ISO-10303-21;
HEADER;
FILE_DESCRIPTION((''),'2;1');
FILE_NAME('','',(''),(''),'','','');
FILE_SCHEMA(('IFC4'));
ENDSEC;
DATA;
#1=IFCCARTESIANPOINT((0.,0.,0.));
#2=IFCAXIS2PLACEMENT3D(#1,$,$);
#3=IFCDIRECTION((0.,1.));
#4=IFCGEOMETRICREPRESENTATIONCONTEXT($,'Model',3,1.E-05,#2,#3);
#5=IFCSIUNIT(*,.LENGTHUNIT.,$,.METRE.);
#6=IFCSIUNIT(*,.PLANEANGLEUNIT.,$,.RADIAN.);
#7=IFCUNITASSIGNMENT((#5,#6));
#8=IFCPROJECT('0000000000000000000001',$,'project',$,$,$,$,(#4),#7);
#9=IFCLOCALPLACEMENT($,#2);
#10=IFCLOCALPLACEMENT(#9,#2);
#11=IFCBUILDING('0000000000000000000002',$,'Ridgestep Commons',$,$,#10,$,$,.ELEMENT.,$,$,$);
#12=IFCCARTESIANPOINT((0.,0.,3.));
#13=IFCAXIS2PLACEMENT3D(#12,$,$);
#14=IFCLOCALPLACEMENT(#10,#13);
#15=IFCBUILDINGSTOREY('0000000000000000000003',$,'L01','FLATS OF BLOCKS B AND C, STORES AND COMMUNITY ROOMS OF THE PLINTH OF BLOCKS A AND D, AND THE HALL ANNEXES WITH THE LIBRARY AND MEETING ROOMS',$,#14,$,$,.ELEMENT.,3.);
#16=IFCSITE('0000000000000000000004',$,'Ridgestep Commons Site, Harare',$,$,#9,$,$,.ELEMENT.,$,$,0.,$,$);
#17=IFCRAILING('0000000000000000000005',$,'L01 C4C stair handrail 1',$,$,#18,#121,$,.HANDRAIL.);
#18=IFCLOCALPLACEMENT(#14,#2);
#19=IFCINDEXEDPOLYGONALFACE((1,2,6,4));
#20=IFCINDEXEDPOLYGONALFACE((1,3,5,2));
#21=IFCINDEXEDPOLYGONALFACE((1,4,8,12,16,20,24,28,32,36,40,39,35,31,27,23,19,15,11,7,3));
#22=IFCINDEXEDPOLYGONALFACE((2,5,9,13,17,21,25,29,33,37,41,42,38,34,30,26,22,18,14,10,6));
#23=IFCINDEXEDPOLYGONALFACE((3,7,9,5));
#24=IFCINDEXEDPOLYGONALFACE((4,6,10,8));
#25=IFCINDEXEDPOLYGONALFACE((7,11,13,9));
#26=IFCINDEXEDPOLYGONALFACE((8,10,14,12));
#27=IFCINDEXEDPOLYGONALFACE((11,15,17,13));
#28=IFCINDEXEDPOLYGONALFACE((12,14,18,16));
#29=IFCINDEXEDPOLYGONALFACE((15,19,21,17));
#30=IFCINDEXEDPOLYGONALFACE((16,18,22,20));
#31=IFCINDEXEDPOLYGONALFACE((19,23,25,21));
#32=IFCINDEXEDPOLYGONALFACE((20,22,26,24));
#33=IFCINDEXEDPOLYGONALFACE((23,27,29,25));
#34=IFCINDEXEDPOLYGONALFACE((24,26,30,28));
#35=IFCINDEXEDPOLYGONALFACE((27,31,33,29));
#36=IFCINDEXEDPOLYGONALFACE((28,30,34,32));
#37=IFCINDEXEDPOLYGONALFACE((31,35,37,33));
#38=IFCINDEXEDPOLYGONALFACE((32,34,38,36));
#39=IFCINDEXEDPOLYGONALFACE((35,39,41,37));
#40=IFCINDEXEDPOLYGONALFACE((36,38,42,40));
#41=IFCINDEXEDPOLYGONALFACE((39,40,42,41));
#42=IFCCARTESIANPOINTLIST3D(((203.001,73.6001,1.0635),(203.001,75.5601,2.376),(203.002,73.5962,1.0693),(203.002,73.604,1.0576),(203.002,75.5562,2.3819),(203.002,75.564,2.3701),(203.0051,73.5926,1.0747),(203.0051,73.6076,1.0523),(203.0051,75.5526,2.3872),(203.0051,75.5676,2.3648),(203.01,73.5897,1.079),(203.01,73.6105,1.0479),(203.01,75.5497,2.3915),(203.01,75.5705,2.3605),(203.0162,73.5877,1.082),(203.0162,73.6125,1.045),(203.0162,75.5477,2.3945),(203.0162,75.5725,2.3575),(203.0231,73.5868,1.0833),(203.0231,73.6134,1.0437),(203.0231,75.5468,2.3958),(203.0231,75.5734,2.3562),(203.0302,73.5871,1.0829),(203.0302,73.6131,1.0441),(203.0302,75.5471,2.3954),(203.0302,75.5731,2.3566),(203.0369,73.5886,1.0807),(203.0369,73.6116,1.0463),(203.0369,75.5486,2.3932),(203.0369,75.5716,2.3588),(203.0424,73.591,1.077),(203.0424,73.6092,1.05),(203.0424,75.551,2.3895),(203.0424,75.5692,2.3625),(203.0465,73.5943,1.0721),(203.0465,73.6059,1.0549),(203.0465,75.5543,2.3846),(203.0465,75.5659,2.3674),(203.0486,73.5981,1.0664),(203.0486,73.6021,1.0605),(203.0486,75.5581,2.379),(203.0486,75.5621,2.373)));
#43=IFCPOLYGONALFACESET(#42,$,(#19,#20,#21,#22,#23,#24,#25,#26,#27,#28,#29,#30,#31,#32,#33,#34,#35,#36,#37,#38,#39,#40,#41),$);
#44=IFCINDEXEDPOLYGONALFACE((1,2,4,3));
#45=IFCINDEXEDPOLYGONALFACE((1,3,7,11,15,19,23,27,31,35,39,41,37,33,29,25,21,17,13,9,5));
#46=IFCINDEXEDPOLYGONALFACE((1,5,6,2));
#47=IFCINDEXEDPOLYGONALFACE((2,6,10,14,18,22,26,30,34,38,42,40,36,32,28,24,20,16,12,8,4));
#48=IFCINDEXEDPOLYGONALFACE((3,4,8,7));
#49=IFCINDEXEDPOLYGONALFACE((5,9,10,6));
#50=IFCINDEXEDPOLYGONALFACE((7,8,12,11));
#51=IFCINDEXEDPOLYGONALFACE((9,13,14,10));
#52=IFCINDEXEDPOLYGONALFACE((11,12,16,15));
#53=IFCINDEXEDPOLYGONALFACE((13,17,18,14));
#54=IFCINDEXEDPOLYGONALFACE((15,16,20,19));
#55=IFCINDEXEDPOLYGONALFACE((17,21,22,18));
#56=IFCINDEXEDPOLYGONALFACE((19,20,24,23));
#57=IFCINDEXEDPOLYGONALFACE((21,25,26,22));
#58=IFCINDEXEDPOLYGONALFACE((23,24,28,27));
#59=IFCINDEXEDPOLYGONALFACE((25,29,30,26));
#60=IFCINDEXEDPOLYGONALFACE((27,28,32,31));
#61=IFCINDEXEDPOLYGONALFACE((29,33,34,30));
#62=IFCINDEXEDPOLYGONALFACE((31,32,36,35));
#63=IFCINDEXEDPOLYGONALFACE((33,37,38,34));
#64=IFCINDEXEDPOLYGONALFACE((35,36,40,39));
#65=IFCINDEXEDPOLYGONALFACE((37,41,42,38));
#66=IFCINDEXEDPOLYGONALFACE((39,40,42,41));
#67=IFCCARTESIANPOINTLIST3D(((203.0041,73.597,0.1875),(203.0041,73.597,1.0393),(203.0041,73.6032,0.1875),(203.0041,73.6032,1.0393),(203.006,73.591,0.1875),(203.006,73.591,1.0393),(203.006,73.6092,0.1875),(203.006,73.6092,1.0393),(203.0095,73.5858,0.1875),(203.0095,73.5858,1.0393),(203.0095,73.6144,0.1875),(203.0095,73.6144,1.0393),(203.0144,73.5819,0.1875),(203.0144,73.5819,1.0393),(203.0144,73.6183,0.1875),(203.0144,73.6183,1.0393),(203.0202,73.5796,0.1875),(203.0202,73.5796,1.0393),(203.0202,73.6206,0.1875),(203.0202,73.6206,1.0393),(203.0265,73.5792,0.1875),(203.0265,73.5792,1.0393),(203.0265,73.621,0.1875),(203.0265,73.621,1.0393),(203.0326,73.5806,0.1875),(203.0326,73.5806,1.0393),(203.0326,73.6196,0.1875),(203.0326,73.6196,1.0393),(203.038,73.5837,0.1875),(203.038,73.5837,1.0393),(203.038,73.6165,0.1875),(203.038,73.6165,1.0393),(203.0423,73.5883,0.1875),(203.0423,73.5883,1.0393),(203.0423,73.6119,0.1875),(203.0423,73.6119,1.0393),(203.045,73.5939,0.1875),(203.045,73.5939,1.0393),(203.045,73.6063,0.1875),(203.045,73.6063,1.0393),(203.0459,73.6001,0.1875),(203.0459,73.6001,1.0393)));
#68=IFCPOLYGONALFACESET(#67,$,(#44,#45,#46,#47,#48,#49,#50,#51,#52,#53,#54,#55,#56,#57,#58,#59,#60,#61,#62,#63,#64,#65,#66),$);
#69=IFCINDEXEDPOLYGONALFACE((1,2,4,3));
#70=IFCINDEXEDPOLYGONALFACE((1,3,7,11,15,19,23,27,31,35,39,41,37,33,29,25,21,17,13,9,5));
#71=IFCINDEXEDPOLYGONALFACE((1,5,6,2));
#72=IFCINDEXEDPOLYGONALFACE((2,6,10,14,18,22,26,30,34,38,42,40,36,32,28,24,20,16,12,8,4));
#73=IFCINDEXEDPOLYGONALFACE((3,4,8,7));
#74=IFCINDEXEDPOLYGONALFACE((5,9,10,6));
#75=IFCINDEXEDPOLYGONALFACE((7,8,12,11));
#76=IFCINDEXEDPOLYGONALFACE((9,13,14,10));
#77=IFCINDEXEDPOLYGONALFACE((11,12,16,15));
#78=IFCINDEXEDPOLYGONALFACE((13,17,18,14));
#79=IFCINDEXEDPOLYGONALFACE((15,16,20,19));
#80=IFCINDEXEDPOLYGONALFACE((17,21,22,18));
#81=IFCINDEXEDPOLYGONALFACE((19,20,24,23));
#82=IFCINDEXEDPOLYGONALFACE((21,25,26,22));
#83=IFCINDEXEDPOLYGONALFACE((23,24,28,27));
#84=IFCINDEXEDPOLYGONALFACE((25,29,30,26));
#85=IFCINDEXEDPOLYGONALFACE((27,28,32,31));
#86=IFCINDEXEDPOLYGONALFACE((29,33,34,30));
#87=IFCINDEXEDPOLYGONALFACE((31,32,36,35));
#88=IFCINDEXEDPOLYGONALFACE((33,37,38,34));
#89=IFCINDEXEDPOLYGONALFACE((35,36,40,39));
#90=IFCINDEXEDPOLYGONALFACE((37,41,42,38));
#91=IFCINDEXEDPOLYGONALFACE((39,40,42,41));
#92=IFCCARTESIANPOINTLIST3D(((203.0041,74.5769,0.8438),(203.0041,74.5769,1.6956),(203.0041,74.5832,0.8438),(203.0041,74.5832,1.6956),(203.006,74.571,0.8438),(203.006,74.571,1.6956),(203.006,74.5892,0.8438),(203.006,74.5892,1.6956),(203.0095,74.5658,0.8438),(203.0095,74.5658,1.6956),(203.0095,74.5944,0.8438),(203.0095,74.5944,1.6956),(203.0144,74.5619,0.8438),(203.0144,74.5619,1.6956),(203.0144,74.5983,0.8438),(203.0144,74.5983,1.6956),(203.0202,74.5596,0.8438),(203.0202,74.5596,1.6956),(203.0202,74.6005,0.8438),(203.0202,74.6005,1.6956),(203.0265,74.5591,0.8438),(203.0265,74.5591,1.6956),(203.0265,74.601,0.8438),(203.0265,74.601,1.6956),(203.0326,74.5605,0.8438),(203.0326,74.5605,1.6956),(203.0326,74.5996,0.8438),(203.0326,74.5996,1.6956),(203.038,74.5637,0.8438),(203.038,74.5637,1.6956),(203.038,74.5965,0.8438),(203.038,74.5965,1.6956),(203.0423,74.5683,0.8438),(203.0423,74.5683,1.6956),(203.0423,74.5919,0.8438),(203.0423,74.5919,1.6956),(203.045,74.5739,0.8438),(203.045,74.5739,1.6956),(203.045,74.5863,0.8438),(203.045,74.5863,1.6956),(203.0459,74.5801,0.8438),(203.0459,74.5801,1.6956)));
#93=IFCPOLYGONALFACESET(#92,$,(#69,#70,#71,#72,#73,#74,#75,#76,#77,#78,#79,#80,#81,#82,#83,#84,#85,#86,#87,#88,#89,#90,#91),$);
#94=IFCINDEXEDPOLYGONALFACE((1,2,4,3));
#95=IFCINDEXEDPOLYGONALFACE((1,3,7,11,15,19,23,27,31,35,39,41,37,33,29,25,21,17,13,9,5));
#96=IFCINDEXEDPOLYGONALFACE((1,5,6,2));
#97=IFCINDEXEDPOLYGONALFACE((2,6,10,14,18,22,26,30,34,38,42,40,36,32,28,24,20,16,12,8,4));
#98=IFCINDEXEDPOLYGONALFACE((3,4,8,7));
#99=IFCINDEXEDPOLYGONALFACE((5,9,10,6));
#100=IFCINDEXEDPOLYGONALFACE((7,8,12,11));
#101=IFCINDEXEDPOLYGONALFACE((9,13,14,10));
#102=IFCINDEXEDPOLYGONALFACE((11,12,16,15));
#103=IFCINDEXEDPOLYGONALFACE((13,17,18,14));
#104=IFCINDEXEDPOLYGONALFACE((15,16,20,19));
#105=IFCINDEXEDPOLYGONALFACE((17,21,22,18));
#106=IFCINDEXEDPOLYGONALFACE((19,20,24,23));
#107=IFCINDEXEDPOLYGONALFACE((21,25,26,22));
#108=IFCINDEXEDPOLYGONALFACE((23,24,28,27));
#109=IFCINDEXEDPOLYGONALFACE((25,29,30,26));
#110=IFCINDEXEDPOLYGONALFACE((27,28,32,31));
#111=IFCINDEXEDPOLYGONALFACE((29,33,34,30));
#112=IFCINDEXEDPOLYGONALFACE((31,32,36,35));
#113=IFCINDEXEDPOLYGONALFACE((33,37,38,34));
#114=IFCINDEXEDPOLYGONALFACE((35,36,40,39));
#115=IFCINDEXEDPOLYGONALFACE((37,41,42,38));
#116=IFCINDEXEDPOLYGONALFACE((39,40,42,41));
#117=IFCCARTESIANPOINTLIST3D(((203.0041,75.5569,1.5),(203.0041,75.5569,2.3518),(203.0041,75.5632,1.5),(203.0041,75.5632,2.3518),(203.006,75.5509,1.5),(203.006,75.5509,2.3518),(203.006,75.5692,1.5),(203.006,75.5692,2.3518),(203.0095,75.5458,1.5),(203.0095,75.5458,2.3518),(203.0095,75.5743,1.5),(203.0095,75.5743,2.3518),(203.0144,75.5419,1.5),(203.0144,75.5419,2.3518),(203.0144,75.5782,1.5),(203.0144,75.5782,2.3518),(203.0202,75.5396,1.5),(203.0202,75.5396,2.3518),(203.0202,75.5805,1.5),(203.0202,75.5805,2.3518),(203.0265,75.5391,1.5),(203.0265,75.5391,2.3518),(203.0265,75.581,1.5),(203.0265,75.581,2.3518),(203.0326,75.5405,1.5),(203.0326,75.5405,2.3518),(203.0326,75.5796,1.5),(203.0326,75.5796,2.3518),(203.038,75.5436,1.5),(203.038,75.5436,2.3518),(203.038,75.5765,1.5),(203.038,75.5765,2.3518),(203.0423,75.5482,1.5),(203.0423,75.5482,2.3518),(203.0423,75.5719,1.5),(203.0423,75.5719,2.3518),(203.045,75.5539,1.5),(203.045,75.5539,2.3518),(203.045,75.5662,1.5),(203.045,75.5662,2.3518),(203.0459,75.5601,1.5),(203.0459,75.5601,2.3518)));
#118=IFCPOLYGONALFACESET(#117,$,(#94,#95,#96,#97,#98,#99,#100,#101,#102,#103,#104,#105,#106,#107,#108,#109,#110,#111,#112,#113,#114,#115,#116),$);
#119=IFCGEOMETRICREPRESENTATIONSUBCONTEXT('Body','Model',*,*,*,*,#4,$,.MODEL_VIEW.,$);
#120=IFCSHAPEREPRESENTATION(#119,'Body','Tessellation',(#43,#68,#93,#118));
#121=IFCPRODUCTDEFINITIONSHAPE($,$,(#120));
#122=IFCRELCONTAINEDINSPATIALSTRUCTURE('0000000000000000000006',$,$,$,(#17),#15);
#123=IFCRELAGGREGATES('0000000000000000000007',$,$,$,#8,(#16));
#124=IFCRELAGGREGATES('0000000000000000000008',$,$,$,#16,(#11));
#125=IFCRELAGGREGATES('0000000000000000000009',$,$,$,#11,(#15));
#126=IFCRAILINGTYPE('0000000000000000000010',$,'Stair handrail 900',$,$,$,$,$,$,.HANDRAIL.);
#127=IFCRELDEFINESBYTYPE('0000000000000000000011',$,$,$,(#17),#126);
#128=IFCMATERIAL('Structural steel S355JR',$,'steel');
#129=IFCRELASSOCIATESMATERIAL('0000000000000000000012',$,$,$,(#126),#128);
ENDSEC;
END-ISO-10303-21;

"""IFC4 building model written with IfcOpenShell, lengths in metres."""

from ifc_helpers import new_model, si_unit, direction, frame, origin, origin_2d, place, context, subcontext, project, spatial, circle, extrude, material, type_object, element, save


model = new_model("IFC4")

# Units and contexts
model_context = context("Model", 3, precision=1e-05, world=origin(), true_north=direction((0.0, 1.0)))
body_context = subcontext(model_context, "Body", "Model", "MODEL_VIEW")
ifc_project = project(units=[si_unit("LENGTHUNIT", "METRE"), si_unit("PLANEANGLEUNIT", "RADIAN")], contexts=[model_context])

# Site, building, storey
site_placement = place(None, origin())
site = spatial("IfcSite", under=ifc_project, at=site_placement, Name="Ridgestep Commons Site, Harare", CompositionType="ELEMENT", RefElevation=0.0)
building_placement = place(site_placement, origin())
building = spatial("IfcBuilding", under=site, at=building_placement, Name="Ridgestep Commons", CompositionType="ELEMENT")
storey_placement = place(building_placement, frame((0.0, 0.0, 3.0)))
storey = spatial("IfcBuildingStorey", under=building, at=storey_placement, Name="L01", Description="FLATS OF BLOCKS B AND C, STORES AND COMMUNITY ROOMS OF THE PLINTH OF BLOCKS A AND D, AND THE HALL ANNEXES WITH THE LIBRARY AND MEETING ROOMS", CompositionType="ELEMENT", Elevation=3.0)

# Railing
ifc_material_1 = material(Name="Structural steel S355JR", Category="steel")
railing_type_1 = type_object("IfcRailingType", Name="Stair handrail 900", PredefinedType="HANDRAIL", material=ifc_material_1)
railing_1_placement = place(storey_placement, frame((203.0249, 73.6001, 0.1875)))
element("IfcRailing", 1, at=railing_1_placement, inside=storey, type_object=railing_type_1, Name="L01 C4C stair handrail 1", PredefinedType="HANDRAIL", context=body_context, shape_type="SweptSolid", body=[
    extrude(circle(Radius=0.0239, at=origin_2d()), frame((0.0, 0.0, 0.876), z_axis=(0.0, 0.830902, 0.556419), x_axis=(-1.0, 0.0, 0.0)), (0.0, 0.0, 1.0), 2.3589),
    extrude(circle(Radius=0.021, at=origin_2d()), origin(), (0.0, 0.0, 1.0), 0.8518),
    extrude(circle(Radius=0.021, at=origin_2d()), frame((0.0, 0.98, 0.6562)), (0.0, 0.0, 1.0), 0.8518),
    extrude(circle(Radius=0.021, at=origin_2d()), frame((0.0, 1.96, 1.3125)), (0.0, 0.0, 1.0), 0.8518),
])

save(model, "model.ifc")
